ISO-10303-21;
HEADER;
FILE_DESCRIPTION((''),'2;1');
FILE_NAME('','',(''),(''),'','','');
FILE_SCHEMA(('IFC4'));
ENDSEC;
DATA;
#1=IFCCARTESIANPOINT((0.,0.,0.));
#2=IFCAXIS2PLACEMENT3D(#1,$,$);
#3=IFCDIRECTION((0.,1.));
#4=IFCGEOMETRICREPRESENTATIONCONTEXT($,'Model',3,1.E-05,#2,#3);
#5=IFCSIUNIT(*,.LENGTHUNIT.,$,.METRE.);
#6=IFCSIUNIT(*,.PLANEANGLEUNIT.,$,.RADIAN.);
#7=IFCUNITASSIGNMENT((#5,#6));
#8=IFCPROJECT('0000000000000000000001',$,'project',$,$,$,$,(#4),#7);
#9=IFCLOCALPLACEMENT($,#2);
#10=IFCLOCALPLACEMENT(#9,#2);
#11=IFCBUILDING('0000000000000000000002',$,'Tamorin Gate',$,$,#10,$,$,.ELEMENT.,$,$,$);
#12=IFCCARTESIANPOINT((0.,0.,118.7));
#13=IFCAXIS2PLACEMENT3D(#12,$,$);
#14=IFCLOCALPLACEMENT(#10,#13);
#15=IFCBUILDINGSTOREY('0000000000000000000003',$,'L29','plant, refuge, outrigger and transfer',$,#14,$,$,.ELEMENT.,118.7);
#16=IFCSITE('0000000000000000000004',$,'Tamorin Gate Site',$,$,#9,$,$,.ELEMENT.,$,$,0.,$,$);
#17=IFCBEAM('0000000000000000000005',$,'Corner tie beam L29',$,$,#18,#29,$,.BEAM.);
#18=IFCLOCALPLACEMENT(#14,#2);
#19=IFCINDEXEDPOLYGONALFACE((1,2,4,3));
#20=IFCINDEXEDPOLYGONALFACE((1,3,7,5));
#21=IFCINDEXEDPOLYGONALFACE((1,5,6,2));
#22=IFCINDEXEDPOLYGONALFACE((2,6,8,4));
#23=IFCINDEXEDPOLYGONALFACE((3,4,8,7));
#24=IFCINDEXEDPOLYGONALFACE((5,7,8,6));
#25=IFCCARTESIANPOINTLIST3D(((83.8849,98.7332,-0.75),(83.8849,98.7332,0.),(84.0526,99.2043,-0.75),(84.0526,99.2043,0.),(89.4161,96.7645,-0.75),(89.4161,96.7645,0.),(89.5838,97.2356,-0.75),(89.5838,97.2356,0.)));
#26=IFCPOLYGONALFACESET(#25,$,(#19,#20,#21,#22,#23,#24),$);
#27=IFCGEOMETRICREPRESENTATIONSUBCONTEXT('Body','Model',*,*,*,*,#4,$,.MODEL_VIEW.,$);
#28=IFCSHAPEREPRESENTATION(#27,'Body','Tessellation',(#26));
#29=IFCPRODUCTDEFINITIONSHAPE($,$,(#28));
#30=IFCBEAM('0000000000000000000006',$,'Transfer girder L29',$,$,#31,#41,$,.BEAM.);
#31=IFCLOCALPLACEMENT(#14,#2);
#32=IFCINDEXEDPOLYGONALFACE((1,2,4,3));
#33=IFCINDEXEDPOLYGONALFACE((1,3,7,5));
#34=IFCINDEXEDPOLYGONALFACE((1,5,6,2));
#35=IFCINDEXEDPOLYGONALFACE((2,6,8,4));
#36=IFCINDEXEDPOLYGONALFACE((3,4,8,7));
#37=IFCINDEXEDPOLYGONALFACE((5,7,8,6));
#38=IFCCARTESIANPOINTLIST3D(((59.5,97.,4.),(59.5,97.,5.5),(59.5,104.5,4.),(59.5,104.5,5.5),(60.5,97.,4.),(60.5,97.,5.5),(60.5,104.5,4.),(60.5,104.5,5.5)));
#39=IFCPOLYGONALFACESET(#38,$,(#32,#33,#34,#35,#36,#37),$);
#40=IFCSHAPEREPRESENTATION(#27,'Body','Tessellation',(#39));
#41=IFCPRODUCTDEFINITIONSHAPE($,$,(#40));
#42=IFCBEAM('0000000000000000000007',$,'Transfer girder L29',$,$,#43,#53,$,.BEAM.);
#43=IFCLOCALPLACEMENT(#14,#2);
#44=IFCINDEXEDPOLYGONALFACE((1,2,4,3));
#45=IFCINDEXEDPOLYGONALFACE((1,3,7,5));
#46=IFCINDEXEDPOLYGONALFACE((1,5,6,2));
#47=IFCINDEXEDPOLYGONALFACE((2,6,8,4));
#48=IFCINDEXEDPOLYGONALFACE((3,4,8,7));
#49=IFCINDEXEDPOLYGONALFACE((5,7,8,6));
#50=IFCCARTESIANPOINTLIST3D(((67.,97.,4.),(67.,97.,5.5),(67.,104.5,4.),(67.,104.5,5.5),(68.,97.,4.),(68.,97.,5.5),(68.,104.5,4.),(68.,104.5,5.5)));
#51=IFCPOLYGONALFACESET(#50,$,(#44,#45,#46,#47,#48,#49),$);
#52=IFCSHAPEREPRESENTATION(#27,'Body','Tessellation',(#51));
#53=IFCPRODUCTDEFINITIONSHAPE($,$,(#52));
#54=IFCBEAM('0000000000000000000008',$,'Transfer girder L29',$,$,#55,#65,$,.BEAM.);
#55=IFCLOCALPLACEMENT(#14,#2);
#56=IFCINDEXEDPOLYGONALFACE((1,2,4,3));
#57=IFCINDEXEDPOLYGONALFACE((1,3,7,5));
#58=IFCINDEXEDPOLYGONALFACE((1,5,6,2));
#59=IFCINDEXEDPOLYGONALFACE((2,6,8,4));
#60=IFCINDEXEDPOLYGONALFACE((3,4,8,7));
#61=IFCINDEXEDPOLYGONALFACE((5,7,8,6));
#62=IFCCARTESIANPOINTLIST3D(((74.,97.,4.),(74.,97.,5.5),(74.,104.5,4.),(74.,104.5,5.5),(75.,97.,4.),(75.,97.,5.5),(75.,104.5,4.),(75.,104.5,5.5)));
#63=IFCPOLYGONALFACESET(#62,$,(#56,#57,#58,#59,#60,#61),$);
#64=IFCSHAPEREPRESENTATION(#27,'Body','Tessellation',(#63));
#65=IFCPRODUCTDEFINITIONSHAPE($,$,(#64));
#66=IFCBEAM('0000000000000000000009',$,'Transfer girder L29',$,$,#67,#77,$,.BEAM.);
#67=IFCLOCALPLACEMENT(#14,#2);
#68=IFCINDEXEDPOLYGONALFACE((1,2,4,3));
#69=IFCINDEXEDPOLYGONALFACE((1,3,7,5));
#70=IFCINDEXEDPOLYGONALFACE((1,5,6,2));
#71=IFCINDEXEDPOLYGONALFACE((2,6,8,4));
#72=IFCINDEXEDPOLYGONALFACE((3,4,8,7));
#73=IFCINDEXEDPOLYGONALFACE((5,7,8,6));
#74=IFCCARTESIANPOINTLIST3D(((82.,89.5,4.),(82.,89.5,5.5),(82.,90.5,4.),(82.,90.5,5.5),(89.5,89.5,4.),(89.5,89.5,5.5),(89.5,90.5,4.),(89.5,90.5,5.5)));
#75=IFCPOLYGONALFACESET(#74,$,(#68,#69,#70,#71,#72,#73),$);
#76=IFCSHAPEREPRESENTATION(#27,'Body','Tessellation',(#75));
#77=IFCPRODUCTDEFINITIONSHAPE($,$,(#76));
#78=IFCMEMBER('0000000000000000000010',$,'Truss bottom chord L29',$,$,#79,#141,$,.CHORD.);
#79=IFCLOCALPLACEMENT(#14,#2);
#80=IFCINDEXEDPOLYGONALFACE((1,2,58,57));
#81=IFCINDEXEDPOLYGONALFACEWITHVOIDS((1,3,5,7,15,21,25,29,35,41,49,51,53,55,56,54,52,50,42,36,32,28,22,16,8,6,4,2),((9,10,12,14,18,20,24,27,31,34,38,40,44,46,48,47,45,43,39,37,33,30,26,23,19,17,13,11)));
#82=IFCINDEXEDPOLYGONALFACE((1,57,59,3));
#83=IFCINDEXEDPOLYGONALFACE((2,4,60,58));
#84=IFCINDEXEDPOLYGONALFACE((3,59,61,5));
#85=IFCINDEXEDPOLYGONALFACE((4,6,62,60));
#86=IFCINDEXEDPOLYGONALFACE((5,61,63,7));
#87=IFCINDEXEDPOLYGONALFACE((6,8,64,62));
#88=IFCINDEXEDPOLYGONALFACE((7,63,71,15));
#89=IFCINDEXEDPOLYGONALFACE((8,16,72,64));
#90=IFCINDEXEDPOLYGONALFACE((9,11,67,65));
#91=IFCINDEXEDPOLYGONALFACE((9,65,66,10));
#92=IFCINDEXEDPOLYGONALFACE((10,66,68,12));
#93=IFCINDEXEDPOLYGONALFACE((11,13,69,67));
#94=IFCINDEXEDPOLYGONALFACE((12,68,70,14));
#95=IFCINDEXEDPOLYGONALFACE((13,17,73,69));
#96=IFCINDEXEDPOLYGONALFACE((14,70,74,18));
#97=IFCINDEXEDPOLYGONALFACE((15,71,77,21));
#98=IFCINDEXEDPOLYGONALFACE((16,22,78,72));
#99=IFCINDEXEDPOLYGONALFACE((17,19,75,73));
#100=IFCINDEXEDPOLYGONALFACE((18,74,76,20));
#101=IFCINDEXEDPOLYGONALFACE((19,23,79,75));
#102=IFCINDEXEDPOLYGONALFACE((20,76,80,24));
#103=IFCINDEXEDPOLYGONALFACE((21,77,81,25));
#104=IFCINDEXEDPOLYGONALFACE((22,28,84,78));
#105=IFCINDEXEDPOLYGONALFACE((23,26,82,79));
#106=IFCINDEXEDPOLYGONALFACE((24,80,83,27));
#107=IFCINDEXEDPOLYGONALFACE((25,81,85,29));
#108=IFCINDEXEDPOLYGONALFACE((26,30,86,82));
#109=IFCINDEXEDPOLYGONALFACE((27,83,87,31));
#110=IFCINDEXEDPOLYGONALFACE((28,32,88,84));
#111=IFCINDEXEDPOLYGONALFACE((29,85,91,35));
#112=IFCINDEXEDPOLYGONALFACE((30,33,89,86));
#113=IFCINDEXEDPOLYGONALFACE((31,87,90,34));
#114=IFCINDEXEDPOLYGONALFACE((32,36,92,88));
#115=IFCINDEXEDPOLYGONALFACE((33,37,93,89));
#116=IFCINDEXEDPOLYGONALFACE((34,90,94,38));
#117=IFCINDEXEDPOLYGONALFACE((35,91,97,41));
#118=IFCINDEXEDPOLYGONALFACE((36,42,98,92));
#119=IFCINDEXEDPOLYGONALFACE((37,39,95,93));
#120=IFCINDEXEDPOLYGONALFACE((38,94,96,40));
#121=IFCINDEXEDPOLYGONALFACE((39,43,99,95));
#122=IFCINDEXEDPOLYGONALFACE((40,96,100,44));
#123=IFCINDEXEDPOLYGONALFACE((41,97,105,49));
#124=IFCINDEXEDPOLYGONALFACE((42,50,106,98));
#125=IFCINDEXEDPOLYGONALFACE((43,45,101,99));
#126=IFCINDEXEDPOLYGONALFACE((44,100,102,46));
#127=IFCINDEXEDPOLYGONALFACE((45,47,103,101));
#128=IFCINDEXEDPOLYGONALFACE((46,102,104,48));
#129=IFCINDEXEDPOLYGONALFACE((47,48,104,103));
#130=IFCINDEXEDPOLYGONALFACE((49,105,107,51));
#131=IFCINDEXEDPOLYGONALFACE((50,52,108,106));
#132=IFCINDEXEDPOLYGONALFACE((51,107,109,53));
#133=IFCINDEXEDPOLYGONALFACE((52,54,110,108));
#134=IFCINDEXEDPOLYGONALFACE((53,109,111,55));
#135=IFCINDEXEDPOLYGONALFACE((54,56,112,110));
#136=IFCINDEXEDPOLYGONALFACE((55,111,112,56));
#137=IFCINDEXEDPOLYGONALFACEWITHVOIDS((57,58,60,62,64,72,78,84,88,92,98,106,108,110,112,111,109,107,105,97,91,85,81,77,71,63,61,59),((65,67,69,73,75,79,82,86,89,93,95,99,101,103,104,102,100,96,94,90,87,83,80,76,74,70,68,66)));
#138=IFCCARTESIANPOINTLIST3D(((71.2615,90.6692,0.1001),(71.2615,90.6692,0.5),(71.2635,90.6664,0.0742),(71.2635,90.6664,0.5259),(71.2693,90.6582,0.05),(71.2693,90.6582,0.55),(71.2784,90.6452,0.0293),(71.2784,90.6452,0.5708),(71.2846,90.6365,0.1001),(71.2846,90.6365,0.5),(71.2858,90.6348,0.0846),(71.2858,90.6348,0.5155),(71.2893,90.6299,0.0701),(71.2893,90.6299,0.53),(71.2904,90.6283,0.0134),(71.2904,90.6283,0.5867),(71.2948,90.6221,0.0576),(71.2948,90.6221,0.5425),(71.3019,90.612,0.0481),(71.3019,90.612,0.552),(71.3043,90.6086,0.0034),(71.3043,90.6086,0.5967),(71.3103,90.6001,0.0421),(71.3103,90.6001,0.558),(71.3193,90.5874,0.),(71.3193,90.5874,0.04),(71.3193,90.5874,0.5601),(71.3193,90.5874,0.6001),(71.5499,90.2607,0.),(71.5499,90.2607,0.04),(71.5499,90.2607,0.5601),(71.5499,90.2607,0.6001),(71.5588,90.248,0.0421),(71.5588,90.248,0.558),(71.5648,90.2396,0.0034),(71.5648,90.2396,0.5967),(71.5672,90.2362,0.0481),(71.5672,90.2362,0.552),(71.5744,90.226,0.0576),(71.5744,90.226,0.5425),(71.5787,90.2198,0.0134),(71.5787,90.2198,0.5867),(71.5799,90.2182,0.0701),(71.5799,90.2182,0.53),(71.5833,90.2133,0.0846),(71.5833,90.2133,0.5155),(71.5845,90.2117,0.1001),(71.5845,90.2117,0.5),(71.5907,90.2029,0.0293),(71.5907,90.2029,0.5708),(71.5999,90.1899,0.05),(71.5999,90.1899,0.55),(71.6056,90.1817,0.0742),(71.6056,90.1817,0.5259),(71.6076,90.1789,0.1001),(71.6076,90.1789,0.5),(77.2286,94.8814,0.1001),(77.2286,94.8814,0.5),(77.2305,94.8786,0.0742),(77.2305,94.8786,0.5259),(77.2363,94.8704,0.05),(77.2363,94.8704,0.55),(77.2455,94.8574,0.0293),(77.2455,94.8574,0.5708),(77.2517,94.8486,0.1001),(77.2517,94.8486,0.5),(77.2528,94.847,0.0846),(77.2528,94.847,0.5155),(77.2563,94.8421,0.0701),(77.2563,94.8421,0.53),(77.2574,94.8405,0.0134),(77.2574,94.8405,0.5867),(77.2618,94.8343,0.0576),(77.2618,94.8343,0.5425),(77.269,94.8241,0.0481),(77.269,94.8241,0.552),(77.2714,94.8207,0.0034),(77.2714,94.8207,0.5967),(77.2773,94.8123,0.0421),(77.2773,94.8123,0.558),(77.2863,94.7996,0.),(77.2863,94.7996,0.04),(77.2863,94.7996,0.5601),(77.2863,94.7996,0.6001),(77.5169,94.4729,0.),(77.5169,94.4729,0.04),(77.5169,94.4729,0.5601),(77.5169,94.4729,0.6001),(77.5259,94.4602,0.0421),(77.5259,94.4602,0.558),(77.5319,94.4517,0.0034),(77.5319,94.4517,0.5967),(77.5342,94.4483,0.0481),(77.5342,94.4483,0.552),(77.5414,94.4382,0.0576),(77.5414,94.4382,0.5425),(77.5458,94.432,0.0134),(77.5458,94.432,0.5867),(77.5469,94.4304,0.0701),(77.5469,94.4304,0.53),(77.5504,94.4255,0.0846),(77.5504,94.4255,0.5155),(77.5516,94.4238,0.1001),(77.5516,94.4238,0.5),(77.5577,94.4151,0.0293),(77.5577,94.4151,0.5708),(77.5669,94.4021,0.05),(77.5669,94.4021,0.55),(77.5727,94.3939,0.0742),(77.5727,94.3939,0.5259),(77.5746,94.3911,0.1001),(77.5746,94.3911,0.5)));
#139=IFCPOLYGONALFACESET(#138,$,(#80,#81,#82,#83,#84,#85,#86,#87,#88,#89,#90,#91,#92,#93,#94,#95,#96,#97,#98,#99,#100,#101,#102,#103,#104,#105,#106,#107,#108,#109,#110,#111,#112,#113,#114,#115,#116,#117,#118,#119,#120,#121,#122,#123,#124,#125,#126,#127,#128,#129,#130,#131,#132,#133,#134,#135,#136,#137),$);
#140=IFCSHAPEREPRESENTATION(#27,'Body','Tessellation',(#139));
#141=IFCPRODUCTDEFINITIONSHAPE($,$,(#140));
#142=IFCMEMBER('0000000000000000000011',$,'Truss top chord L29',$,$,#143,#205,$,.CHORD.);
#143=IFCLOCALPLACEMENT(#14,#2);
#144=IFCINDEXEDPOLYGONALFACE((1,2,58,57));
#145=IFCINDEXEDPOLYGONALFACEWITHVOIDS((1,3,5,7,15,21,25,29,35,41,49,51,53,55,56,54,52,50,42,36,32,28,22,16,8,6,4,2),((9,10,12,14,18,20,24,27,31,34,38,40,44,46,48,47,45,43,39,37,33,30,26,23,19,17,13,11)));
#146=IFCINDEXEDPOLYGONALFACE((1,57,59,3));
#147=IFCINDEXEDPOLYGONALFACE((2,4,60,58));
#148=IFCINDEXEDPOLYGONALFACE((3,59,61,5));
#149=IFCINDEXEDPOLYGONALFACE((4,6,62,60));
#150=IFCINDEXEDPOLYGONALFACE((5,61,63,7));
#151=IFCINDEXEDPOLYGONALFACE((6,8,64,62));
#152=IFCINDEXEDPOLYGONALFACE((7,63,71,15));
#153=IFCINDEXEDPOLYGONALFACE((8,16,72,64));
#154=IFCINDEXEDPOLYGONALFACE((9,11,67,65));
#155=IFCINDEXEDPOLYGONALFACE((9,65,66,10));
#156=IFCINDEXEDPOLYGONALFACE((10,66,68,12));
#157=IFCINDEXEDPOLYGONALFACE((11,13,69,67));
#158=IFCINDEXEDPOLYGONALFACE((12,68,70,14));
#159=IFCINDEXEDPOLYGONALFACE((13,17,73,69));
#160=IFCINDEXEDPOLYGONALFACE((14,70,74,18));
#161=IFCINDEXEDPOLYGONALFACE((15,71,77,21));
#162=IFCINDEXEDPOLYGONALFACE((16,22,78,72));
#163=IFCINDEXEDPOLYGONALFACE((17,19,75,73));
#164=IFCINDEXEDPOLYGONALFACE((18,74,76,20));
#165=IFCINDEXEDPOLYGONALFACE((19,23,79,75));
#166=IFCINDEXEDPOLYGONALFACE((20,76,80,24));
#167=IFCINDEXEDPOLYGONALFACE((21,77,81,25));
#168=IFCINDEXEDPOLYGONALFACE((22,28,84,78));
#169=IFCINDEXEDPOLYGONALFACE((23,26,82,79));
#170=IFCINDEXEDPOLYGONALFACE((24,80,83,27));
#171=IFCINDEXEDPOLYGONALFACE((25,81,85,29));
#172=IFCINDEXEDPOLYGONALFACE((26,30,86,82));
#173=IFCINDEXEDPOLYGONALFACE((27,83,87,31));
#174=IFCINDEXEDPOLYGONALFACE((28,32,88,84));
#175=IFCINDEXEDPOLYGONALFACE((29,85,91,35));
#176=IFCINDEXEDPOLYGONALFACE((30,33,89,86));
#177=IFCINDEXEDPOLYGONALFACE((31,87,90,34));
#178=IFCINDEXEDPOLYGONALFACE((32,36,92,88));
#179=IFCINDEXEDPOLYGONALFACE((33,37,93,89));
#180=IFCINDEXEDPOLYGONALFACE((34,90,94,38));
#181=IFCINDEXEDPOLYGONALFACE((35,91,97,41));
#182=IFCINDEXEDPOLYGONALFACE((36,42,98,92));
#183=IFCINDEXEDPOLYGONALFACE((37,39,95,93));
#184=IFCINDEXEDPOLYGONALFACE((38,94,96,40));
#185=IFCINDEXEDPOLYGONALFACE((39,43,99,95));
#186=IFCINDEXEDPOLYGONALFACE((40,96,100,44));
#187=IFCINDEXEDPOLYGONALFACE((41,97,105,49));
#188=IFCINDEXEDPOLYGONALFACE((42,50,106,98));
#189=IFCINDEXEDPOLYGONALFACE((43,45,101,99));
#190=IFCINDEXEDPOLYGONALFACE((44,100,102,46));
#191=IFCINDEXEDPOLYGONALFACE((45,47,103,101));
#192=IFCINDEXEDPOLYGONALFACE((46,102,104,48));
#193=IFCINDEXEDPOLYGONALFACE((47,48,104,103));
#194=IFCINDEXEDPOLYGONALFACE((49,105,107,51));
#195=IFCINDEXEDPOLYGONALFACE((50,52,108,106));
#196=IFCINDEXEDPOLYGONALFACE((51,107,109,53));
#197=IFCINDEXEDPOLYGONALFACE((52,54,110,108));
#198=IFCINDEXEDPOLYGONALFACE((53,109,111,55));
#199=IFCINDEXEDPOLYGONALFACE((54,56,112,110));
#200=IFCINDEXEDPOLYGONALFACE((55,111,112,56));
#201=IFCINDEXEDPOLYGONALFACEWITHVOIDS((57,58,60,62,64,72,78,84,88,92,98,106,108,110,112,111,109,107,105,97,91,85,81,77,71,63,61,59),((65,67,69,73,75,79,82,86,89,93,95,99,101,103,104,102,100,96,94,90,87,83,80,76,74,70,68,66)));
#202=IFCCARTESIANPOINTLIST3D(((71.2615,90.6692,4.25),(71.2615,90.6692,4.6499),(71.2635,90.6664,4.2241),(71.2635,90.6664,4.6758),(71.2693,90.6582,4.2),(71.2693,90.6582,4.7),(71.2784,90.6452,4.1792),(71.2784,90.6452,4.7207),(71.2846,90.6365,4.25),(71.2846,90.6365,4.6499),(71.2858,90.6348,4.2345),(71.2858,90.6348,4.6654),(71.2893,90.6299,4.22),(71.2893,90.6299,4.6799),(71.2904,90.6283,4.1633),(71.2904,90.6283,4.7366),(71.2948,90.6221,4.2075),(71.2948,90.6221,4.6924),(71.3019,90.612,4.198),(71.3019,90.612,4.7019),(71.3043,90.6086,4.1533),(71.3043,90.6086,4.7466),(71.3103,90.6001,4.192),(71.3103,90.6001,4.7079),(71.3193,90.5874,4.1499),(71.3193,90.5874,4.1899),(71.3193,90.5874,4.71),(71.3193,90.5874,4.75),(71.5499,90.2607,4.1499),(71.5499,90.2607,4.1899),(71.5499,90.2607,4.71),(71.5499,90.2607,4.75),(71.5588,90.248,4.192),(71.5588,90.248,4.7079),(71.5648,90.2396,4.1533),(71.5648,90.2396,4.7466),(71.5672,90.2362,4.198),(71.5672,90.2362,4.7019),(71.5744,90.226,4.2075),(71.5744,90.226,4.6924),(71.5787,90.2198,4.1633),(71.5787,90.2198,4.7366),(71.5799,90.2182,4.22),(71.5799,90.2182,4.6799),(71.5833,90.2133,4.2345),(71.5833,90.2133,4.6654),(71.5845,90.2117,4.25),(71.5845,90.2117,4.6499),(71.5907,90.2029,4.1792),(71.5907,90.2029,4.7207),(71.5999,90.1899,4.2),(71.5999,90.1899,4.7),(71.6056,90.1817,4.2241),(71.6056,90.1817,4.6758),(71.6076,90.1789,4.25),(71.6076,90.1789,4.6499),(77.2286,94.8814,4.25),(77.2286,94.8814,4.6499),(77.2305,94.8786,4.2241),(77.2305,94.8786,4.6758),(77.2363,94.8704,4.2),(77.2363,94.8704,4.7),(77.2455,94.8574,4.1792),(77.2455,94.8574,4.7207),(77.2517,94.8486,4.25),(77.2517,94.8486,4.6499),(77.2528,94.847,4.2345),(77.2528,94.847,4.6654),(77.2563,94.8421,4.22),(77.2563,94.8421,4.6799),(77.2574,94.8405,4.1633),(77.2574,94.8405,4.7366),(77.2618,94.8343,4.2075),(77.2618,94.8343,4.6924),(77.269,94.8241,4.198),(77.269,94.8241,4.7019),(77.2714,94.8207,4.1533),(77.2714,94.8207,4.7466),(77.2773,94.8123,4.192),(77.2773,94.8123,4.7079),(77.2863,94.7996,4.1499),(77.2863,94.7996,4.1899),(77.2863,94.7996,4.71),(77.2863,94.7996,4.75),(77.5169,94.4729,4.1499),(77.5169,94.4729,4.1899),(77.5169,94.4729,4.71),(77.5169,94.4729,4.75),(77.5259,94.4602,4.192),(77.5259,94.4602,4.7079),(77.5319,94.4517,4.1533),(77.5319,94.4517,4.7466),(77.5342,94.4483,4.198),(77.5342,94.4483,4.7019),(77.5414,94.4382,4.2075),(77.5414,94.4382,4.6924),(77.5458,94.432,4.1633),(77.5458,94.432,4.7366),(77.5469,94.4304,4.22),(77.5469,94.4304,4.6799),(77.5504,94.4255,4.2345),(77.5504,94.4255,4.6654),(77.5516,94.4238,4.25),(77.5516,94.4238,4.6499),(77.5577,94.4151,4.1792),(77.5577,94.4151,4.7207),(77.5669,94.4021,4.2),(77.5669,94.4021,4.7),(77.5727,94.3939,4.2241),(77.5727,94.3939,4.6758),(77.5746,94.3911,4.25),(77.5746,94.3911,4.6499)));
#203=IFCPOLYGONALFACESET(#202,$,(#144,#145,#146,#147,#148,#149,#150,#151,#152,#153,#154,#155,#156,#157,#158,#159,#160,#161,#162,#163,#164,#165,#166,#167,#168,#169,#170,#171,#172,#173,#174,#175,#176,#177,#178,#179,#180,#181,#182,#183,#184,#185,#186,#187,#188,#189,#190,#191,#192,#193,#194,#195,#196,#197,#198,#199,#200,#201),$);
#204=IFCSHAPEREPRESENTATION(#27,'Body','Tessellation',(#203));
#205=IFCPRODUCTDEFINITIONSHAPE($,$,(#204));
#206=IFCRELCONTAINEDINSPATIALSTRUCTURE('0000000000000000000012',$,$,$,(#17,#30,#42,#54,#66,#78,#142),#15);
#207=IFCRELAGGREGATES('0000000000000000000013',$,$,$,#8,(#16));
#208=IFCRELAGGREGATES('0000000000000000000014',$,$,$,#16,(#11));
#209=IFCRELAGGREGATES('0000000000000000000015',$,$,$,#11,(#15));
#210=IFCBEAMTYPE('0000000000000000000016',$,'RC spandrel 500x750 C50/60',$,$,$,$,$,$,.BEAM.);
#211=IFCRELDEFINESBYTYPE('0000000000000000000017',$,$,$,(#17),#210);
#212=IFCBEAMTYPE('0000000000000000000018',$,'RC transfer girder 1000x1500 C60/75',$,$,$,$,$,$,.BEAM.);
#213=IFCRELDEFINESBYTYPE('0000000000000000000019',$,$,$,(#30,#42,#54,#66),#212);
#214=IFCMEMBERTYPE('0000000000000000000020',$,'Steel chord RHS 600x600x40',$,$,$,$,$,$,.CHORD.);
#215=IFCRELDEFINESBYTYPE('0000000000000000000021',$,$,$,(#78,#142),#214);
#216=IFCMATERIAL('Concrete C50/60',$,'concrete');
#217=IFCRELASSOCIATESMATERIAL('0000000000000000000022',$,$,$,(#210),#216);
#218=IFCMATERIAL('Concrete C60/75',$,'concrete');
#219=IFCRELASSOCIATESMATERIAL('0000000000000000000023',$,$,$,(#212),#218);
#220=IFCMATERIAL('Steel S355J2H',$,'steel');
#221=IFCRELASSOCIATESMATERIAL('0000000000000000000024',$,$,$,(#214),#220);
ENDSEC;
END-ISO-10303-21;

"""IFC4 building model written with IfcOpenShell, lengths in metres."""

from ifc_helpers import new_model, si_unit, direction, frame, origin, origin_2d, place, context, subcontext, project, spatial, rectangle, hollow_rectangle, extrude, material, material_profile, profile_set, type_object, element, save


model = new_model("IFC4")

# Units and contexts
model_context = context("Model", 3, precision=1e-05, world=origin(), true_north=direction((0.0, 1.0)))
body_context = subcontext(model_context, "Body", "Model", "MODEL_VIEW")
ifc_project = project(units=[si_unit("LENGTHUNIT", "METRE"), si_unit("PLANEANGLEUNIT", "RADIAN")], contexts=[model_context])

# Site, building, storey
site_placement = place(None, origin())
site = spatial("IfcSite", under=ifc_project, at=site_placement, Name="Tamorin Gate Site", CompositionType="ELEMENT", RefElevation=0.0)
building_placement = place(site_placement, origin())
building = spatial("IfcBuilding", under=site, at=building_placement, Name="Tamorin Gate", CompositionType="ELEMENT")
storey_placement = place(building_placement, frame((0.0, 0.0, 118.7)))
storey = spatial("IfcBuildingStorey", under=building, at=storey_placement, Name="L29", Description="plant, refuge, outrigger and transfer", CompositionType="ELEMENT", Elevation=118.7)

# Beams
ifc_material_1 = material(Name="Concrete C50/60", Category="concrete")
ifc_material_profile_1 = material_profile(ifc_material_1, rectangle(XDim=0.5, YDim=0.75, at=origin_2d()), Name="RC 500x750")
ifc_profile_set_1 = profile_set([ifc_material_profile_1], Name="Concrete C50/60")
beam_type_1 = type_object("IfcBeamType", Name="RC spandrel 500x750 C50/60", PredefinedType="BEAM", material=ifc_profile_set_1)
for number, where, z_axis, x_axis, name in (
    (1, (83.9688, 98.9688, -0.375), (0.942103, -0.335325, 0.0), (0.335325, 0.942103, 0.0), "Corner tie beam L29"),
):
    element("IfcBeam", number, at=place(storey_placement, frame(where, z_axis=z_axis, x_axis=x_axis)), inside=storey, type_object=beam_type_1, Name=name, PredefinedType="BEAM", context=body_context, shape_type="SweptSolid", body=[
        extrude(rectangle(XDim=0.5, YDim=0.75, at=origin_2d()), origin(), (0.0, 0.0, 1.0), 5.8711),
    ])
ifc_material_2 = material(Name="Concrete C60/75", Category="concrete")
ifc_material_profile_2 = material_profile(ifc_material_2, rectangle(XDim=1.0, YDim=1.5, at=origin_2d()), Name="RC 1000x1500")
ifc_profile_set_2 = profile_set([ifc_material_profile_2], Name="Concrete C60/75")
beam_type_2 = type_object("IfcBeamType", Name="RC transfer girder 1000x1500 C60/75", PredefinedType="BEAM", material=ifc_profile_set_2)
for number, where, z_axis, x_axis, name in (
    (2, (60.0, 97.0, 4.75), (0.0, 1.0, 0.0), (-1.0, 0.0, 0.0), "Transfer girder L29"),
    (3, (67.5, 97.0, 4.75), (0.0, 1.0, 0.0), (-1.0, 0.0, 0.0), "Transfer girder L29"),
    (4, (74.5, 97.0, 4.75), (0.0, 1.0, 0.0), (-1.0, 0.0, 0.0), "Transfer girder L29"),
    (5, (82.0, 90.0, 4.75), (1.0, 0.0, 0.0), (0.0, 1.0, 0.0), "Transfer girder L29"),
):
    element("IfcBeam", number, at=place(storey_placement, frame(where, z_axis=z_axis, x_axis=x_axis)), inside=storey, type_object=beam_type_2, Name=name, PredefinedType="BEAM", context=body_context, shape_type="SweptSolid", body=[
        extrude(rectangle(XDim=1.0, YDim=1.5, at=origin_2d()), origin(), (0.0, 0.0, 1.0), 7.5),
    ])

# Members
ifc_material_3 = material(Name="Steel S355J2H", Category="steel")
ifc_material_profile_3 = material_profile(ifc_material_3, hollow_rectangle(XDim=0.6001, YDim=0.6001, WallThickness=0.04, InnerFilletRadius=0.0601, OuterFilletRadius=0.1001, at=origin_2d()), Name="RHS 600x600x40")
ifc_profile_set_3 = profile_set([ifc_material_profile_3], Name="Steel S355J2H")
member_type_1 = type_object("IfcMemberType", Name="Steel chord RHS 600x600x40", PredefinedType="CHORD", material=ifc_profile_set_3)
for number, where, z_axis, x_axis, name in (
    (6, (71.4346, 90.4241, 0.3), (0.81696, 0.576695, 0.0), (-0.576695, 0.81696, 0.0), "Truss bottom chord L29"),
    (7, (71.4346, 90.4241, 4.45), (0.81696, 0.576695, 0.0), (-0.576695, 0.81696, 0.0), "Truss top chord L29"),
):
    element("IfcMember", number, at=place(storey_placement, frame(where, z_axis=z_axis, x_axis=x_axis)), inside=storey, type_object=member_type_1, Name=name, PredefinedType="CHORD", context=body_context, shape_type="SweptSolid", body=[
        extrude(hollow_rectangle(XDim=0.6001, YDim=0.6001, WallThickness=0.04, InnerFilletRadius=0.0601, OuterFilletRadius=0.1001, at=origin_2d()), origin(), (0.0, 0.0, 1.0), 7.304),
    ])

save(model, "model.ifc")
